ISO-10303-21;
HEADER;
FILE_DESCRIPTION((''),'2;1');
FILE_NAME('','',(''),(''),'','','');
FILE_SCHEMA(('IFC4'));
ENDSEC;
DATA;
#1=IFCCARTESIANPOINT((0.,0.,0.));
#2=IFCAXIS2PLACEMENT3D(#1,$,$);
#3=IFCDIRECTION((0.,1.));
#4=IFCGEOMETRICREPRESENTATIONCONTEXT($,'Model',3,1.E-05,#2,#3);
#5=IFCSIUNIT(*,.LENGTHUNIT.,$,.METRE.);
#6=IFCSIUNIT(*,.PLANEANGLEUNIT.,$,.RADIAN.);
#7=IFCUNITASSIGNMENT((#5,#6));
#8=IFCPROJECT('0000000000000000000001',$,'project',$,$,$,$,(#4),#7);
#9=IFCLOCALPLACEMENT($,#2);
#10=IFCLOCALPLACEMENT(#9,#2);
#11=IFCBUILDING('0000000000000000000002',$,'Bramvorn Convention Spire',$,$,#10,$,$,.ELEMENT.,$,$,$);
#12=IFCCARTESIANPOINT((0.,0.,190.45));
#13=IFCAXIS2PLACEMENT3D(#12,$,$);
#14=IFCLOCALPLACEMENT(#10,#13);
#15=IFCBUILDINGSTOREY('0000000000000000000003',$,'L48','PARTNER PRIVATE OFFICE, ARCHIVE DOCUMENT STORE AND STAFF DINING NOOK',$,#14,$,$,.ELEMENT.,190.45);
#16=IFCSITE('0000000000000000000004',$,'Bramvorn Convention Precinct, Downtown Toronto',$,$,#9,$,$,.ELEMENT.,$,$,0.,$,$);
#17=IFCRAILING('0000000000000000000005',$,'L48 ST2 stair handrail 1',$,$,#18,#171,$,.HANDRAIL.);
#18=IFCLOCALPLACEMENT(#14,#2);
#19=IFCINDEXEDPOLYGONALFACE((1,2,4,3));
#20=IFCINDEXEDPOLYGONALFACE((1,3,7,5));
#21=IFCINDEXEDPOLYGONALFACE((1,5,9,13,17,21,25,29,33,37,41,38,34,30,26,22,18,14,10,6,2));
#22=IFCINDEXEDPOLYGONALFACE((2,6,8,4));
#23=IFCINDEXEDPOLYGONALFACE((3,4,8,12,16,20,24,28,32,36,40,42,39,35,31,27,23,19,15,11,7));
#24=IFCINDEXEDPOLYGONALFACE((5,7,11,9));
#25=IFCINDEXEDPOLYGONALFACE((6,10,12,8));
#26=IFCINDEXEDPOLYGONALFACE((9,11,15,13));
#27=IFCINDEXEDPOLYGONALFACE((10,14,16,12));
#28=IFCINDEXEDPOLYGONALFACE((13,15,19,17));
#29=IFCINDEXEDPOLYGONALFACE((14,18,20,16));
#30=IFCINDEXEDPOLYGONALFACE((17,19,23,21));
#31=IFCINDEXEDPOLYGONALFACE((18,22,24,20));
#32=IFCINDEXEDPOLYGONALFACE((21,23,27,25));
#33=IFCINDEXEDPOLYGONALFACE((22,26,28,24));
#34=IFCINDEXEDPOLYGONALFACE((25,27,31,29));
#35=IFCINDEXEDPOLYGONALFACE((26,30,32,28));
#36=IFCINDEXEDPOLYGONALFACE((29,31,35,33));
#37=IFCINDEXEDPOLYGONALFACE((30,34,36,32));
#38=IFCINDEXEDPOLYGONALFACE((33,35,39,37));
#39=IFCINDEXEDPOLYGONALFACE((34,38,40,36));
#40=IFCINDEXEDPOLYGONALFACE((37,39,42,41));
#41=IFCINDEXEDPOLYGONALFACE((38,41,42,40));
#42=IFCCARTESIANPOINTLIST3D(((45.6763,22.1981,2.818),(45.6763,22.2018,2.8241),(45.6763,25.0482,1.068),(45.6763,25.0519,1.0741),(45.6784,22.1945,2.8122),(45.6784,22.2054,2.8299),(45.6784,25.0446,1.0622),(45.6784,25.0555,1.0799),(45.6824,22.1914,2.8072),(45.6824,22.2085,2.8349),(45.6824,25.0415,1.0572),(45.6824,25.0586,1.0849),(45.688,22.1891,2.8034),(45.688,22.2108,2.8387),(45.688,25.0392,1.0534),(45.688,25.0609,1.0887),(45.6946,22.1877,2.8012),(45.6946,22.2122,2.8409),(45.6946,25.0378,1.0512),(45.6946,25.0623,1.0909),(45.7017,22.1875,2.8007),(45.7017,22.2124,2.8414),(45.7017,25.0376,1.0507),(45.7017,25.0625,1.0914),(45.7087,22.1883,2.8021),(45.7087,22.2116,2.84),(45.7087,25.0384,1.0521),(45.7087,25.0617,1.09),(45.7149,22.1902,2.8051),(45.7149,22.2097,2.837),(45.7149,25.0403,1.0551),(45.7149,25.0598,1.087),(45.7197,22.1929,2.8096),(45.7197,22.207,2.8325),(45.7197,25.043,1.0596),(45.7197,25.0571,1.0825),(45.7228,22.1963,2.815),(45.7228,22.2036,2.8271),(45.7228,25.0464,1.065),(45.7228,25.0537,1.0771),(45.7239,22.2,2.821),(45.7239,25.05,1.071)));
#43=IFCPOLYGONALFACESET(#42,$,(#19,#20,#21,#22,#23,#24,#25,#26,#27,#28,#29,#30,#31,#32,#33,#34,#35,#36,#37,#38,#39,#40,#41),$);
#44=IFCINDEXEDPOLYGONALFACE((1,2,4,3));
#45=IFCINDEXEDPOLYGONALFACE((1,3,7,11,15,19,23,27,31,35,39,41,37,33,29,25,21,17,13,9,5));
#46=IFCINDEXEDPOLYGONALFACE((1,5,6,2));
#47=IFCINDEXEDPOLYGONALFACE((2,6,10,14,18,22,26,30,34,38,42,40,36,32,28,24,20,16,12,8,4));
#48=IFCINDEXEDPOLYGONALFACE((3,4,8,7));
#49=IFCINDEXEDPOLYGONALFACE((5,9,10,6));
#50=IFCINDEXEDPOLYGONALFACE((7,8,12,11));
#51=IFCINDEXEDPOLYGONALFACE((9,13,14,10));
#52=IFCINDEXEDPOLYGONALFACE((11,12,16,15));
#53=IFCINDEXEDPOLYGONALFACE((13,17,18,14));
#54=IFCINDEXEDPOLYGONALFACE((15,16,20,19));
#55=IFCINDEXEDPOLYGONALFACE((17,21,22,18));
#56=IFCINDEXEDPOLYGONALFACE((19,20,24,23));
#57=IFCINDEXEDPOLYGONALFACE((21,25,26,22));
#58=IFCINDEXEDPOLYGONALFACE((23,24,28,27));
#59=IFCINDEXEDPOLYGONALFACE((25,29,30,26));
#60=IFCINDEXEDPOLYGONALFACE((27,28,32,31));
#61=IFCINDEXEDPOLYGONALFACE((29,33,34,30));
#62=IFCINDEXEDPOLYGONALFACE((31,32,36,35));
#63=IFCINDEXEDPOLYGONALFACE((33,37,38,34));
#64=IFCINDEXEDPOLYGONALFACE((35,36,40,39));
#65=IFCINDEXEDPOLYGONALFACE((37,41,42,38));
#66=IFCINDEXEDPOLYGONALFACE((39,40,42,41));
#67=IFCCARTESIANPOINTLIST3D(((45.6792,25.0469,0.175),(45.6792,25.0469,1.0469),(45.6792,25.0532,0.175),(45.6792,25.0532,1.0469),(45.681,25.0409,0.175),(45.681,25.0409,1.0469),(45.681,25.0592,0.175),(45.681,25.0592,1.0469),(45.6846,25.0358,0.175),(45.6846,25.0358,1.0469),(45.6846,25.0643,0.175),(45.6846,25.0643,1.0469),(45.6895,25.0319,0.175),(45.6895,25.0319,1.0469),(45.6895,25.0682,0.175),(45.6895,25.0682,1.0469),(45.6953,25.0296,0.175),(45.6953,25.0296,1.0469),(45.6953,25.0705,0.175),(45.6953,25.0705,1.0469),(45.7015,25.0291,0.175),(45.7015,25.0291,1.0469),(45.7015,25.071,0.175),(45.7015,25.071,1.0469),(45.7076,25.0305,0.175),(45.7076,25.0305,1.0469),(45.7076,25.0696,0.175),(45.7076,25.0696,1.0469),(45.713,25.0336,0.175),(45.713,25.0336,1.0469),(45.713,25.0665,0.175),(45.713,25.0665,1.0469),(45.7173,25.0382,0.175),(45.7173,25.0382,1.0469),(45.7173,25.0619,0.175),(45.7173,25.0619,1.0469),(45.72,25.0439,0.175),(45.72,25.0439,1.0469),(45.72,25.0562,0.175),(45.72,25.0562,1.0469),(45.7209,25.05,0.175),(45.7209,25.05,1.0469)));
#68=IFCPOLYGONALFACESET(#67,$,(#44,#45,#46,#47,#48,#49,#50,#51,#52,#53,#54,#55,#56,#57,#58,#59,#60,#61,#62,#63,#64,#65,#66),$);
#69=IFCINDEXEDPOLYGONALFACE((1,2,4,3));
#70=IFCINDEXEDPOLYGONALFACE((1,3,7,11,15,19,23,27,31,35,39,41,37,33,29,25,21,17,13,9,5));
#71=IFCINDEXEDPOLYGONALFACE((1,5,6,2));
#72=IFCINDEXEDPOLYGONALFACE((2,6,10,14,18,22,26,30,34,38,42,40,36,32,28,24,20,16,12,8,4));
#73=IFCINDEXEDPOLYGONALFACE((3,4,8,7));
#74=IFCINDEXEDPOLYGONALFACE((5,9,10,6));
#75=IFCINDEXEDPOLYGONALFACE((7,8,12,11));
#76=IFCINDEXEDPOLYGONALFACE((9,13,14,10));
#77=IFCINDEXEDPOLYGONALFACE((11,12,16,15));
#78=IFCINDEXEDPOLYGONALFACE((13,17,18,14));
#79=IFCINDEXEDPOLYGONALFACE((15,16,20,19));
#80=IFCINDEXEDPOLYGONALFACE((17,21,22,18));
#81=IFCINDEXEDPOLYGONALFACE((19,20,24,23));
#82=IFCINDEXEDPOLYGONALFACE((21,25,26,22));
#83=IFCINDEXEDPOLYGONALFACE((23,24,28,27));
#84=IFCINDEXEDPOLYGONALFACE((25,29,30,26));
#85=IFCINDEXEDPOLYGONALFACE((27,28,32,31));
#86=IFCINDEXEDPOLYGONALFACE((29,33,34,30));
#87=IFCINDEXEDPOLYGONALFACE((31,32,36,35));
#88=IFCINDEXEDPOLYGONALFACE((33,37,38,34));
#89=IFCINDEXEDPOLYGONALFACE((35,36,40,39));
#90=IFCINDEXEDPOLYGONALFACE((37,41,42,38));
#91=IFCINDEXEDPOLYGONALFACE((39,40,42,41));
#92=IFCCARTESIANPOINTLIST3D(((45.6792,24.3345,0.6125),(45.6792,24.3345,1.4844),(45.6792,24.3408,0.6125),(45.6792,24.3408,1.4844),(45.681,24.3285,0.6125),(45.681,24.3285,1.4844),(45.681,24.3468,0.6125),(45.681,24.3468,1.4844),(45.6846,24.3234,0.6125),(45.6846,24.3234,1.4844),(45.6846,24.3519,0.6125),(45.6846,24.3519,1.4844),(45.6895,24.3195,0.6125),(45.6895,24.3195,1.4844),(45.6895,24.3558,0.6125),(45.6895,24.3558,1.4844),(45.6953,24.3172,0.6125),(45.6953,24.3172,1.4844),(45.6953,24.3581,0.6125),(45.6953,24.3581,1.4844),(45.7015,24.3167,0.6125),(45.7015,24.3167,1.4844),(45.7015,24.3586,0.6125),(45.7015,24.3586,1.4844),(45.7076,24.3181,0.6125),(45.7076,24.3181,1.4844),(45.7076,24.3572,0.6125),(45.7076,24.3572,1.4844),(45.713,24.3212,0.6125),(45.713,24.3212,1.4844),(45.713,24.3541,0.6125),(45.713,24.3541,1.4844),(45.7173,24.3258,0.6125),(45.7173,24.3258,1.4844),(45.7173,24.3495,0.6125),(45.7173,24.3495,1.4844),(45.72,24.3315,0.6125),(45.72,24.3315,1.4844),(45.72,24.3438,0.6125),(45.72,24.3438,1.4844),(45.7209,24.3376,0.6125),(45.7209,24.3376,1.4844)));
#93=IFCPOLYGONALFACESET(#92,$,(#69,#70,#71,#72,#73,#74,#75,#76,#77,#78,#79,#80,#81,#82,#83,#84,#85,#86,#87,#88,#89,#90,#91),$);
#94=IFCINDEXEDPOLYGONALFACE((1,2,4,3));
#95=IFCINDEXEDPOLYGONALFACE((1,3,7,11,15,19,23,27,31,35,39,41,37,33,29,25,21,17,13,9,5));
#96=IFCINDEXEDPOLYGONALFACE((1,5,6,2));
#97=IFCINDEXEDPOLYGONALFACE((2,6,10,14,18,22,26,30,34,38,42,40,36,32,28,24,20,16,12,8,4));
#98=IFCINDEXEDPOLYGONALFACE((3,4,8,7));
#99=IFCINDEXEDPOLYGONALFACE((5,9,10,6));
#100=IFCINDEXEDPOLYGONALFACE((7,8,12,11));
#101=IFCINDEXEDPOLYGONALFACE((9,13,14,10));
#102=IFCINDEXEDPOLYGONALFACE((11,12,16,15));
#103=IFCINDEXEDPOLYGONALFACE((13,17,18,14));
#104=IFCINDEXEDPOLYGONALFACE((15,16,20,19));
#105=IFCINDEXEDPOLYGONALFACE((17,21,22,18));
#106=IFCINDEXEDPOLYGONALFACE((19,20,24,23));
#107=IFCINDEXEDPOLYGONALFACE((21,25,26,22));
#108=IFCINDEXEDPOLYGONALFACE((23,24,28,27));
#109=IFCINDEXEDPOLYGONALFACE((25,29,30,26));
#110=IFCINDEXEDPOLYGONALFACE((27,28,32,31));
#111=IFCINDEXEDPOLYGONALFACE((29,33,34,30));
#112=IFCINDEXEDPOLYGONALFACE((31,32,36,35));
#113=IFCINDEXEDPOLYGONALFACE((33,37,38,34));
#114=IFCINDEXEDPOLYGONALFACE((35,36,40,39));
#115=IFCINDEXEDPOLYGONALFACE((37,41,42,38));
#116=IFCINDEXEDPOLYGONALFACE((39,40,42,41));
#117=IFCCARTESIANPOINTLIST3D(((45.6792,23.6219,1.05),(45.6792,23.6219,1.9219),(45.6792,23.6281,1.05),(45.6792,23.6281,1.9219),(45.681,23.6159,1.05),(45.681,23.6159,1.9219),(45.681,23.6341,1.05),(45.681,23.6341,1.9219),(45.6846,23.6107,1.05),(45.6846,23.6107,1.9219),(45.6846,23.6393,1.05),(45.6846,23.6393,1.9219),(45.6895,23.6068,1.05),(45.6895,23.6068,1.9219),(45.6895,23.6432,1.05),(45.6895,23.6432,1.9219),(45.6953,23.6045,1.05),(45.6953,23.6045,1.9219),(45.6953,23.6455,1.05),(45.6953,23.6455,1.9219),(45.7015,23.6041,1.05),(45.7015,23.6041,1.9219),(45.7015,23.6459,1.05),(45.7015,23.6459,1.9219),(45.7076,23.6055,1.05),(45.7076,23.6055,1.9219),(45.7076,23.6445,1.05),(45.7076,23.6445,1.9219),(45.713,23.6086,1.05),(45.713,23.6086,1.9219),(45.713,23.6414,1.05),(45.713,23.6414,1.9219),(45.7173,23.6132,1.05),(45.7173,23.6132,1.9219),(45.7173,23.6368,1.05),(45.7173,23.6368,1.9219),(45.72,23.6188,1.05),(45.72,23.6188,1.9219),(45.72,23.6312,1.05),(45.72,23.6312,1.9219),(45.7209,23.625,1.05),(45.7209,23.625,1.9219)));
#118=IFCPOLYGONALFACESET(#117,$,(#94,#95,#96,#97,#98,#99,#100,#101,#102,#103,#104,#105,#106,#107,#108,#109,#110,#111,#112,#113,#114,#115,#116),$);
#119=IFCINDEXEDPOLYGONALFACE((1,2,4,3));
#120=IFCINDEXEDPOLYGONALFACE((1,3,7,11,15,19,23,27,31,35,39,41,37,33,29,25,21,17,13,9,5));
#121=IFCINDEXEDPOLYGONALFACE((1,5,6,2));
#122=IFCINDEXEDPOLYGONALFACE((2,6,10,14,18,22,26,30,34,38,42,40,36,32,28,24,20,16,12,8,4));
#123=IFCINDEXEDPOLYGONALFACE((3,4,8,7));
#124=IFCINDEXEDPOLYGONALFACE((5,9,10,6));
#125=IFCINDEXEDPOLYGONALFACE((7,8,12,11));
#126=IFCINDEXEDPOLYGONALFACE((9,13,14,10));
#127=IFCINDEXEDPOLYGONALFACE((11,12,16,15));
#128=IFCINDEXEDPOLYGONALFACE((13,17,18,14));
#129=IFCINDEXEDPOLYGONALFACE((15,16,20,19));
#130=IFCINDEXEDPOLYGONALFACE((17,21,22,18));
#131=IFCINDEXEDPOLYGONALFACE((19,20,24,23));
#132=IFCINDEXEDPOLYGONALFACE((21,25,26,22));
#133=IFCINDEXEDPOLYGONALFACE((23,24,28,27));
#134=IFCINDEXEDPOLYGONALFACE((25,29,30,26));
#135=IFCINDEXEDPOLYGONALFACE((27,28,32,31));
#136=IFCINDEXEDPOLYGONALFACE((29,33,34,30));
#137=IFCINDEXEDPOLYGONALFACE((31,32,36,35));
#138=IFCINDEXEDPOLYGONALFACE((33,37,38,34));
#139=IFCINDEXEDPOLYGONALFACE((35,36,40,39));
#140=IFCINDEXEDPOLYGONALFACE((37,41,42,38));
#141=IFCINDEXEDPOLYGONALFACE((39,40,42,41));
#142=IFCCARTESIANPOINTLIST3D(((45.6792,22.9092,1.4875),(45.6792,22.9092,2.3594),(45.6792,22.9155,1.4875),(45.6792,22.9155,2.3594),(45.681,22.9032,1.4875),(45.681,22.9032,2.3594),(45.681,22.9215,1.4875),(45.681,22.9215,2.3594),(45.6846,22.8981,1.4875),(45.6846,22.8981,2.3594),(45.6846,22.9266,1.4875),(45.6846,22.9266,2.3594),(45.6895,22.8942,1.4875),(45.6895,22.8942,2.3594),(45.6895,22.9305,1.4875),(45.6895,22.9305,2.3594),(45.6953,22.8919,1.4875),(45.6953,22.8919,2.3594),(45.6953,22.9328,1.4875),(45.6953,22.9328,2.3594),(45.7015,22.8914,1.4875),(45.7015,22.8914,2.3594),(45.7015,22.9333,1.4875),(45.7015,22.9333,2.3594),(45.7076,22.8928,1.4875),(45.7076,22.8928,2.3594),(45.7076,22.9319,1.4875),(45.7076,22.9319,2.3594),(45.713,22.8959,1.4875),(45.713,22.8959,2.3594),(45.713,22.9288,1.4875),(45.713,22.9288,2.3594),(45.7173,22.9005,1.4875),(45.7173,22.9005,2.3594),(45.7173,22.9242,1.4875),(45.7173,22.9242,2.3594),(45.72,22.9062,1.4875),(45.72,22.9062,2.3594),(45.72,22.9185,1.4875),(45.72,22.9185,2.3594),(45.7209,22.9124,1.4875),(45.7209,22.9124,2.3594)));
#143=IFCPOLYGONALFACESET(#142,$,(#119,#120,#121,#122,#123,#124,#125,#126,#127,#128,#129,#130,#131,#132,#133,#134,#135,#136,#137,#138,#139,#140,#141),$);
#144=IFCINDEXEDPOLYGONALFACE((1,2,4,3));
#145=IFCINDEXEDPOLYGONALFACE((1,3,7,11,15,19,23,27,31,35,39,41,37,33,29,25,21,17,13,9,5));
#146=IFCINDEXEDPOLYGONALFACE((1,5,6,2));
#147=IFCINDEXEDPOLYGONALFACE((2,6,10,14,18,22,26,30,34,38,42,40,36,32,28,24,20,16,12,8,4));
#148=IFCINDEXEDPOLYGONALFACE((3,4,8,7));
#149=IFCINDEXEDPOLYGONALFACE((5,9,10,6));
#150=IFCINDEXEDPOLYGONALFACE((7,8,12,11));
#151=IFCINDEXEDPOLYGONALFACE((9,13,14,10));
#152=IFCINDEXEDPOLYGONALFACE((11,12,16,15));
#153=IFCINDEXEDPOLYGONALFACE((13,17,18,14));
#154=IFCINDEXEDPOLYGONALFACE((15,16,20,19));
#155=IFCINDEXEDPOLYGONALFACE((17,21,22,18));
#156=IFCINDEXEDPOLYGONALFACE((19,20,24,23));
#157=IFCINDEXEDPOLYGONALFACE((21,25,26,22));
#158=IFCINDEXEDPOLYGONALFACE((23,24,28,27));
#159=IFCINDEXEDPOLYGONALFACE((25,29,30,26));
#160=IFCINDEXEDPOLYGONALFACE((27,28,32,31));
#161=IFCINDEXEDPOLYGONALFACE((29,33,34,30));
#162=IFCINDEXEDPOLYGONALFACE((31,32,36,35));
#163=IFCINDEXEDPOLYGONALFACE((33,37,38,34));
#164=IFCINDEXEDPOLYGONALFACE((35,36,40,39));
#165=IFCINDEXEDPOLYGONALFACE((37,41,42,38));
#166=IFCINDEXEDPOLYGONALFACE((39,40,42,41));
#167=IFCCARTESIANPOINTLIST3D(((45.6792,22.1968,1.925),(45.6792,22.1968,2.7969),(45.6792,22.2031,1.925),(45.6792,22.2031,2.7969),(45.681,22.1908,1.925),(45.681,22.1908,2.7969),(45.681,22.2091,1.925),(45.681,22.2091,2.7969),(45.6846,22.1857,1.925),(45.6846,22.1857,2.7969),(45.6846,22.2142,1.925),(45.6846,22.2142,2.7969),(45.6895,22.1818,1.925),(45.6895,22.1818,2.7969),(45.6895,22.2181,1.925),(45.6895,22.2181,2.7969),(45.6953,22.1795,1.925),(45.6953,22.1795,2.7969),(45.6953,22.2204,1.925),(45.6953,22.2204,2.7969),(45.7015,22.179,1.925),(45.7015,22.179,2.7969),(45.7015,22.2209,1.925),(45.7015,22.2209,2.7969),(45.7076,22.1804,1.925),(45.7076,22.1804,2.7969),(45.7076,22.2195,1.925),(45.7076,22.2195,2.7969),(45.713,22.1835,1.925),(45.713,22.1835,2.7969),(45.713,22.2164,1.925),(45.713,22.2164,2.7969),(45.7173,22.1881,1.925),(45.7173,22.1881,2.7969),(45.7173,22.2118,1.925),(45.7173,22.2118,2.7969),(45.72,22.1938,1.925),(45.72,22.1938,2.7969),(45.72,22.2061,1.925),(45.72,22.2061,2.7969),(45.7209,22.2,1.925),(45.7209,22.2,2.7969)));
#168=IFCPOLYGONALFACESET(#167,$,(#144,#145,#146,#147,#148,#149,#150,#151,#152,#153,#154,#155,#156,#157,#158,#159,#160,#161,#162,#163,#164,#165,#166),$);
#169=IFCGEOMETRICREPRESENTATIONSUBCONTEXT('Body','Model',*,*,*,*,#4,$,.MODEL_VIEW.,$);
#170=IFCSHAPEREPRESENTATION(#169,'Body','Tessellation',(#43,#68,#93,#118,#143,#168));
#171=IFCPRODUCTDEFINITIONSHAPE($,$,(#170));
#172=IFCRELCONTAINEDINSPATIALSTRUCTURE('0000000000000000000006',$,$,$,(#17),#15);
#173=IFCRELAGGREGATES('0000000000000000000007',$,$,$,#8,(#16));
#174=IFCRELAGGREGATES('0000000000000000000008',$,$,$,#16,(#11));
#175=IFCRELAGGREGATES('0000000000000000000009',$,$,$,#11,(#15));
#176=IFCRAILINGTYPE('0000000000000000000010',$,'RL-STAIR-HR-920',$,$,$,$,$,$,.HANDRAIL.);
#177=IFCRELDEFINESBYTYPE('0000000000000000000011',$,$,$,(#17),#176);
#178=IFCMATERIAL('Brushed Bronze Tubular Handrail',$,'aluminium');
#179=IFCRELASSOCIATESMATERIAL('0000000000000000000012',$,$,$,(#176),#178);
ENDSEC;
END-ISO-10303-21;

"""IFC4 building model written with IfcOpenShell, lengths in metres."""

from ifc_helpers import new_model, si_unit, direction, frame, origin, origin_2d, place, context, subcontext, project, spatial, circle, extrude, material, type_object, element, save


model = new_model("IFC4")

# Units and contexts
model_context = context("Model", 3, precision=1e-05, world=origin(), true_north=direction((0.0, 1.0)))
body_context = subcontext(model_context, "Body", "Model", "MODEL_VIEW")
ifc_project = project(units=[si_unit("LENGTHUNIT", "METRE"), si_unit("PLANEANGLEUNIT", "RADIAN")], contexts=[model_context])

# Site, building, storey
site_placement = place(None, origin())
site = spatial("IfcSite", under=ifc_project, at=site_placement, Name="Bramvorn Convention Precinct, Downtown Toronto", CompositionType="ELEMENT", RefElevation=0.0)
building_placement = place(site_placement, origin())
building = spatial("IfcBuilding", under=site, at=building_placement, Name="Bramvorn Convention Spire", CompositionType="ELEMENT")
storey_placement = place(building_placement, frame((0.0, 0.0, 190.45)))
storey = spatial("IfcBuildingStorey", under=building, at=storey_placement, Name="L48", Description="PARTNER PRIVATE OFFICE, ARCHIVE DOCUMENT STORE AND STAFF DINING NOOK", CompositionType="ELEMENT", Elevation=190.45)

# Railing
ifc_material_1 = material(Name="Brushed Bronze Tubular Handrail", Category="aluminium")
railing_type_1 = type_object("IfcRailingType", Name="RL-STAIR-HR-920", PredefinedType="HANDRAIL", material=ifc_material_1)
railing_1_placement = place(storey_placement, frame((45.7, 25.05, 0.175)))
element("IfcRailing", 1, at=railing_1_placement, inside=storey, type_object=railing_type_1, Name="L48 ST2 stair handrail 1", PredefinedType="HANDRAIL", context=body_context, shape_type="SweptSolid", body=[
    extrude(circle(Radius=0.0239, at=origin_2d()), frame((0.0, 0.0, 0.896), z_axis=(0.0, -0.852179, 0.52325), x_axis=(1.0, 0.0, 0.0)), (0.0, 0.0, 1.0), 3.3445),
    extrude(circle(Radius=0.021, at=origin_2d()), origin(), (0.0, 0.0, 1.0), 0.8718),
    extrude(circle(Radius=0.021, at=origin_2d()), frame((0.0, -0.7124, 0.4375)), (0.0, 0.0, 1.0), 0.8718),
    extrude(circle(Radius=0.021, at=origin_2d()), frame((0.0, -1.425, 0.875)), (0.0, 0.0, 1.0), 0.8718),
    extrude(circle(Radius=0.021, at=origin_2d()), frame((0.0, -2.1377, 1.3125)), (0.0, 0.0, 1.0), 0.8718),
    extrude(circle(Radius=0.021, at=origin_2d()), frame((0.0, -2.8501, 1.75)), (0.0, 0.0, 1.0), 0.8718),
])

save(model, "model.ifc")
